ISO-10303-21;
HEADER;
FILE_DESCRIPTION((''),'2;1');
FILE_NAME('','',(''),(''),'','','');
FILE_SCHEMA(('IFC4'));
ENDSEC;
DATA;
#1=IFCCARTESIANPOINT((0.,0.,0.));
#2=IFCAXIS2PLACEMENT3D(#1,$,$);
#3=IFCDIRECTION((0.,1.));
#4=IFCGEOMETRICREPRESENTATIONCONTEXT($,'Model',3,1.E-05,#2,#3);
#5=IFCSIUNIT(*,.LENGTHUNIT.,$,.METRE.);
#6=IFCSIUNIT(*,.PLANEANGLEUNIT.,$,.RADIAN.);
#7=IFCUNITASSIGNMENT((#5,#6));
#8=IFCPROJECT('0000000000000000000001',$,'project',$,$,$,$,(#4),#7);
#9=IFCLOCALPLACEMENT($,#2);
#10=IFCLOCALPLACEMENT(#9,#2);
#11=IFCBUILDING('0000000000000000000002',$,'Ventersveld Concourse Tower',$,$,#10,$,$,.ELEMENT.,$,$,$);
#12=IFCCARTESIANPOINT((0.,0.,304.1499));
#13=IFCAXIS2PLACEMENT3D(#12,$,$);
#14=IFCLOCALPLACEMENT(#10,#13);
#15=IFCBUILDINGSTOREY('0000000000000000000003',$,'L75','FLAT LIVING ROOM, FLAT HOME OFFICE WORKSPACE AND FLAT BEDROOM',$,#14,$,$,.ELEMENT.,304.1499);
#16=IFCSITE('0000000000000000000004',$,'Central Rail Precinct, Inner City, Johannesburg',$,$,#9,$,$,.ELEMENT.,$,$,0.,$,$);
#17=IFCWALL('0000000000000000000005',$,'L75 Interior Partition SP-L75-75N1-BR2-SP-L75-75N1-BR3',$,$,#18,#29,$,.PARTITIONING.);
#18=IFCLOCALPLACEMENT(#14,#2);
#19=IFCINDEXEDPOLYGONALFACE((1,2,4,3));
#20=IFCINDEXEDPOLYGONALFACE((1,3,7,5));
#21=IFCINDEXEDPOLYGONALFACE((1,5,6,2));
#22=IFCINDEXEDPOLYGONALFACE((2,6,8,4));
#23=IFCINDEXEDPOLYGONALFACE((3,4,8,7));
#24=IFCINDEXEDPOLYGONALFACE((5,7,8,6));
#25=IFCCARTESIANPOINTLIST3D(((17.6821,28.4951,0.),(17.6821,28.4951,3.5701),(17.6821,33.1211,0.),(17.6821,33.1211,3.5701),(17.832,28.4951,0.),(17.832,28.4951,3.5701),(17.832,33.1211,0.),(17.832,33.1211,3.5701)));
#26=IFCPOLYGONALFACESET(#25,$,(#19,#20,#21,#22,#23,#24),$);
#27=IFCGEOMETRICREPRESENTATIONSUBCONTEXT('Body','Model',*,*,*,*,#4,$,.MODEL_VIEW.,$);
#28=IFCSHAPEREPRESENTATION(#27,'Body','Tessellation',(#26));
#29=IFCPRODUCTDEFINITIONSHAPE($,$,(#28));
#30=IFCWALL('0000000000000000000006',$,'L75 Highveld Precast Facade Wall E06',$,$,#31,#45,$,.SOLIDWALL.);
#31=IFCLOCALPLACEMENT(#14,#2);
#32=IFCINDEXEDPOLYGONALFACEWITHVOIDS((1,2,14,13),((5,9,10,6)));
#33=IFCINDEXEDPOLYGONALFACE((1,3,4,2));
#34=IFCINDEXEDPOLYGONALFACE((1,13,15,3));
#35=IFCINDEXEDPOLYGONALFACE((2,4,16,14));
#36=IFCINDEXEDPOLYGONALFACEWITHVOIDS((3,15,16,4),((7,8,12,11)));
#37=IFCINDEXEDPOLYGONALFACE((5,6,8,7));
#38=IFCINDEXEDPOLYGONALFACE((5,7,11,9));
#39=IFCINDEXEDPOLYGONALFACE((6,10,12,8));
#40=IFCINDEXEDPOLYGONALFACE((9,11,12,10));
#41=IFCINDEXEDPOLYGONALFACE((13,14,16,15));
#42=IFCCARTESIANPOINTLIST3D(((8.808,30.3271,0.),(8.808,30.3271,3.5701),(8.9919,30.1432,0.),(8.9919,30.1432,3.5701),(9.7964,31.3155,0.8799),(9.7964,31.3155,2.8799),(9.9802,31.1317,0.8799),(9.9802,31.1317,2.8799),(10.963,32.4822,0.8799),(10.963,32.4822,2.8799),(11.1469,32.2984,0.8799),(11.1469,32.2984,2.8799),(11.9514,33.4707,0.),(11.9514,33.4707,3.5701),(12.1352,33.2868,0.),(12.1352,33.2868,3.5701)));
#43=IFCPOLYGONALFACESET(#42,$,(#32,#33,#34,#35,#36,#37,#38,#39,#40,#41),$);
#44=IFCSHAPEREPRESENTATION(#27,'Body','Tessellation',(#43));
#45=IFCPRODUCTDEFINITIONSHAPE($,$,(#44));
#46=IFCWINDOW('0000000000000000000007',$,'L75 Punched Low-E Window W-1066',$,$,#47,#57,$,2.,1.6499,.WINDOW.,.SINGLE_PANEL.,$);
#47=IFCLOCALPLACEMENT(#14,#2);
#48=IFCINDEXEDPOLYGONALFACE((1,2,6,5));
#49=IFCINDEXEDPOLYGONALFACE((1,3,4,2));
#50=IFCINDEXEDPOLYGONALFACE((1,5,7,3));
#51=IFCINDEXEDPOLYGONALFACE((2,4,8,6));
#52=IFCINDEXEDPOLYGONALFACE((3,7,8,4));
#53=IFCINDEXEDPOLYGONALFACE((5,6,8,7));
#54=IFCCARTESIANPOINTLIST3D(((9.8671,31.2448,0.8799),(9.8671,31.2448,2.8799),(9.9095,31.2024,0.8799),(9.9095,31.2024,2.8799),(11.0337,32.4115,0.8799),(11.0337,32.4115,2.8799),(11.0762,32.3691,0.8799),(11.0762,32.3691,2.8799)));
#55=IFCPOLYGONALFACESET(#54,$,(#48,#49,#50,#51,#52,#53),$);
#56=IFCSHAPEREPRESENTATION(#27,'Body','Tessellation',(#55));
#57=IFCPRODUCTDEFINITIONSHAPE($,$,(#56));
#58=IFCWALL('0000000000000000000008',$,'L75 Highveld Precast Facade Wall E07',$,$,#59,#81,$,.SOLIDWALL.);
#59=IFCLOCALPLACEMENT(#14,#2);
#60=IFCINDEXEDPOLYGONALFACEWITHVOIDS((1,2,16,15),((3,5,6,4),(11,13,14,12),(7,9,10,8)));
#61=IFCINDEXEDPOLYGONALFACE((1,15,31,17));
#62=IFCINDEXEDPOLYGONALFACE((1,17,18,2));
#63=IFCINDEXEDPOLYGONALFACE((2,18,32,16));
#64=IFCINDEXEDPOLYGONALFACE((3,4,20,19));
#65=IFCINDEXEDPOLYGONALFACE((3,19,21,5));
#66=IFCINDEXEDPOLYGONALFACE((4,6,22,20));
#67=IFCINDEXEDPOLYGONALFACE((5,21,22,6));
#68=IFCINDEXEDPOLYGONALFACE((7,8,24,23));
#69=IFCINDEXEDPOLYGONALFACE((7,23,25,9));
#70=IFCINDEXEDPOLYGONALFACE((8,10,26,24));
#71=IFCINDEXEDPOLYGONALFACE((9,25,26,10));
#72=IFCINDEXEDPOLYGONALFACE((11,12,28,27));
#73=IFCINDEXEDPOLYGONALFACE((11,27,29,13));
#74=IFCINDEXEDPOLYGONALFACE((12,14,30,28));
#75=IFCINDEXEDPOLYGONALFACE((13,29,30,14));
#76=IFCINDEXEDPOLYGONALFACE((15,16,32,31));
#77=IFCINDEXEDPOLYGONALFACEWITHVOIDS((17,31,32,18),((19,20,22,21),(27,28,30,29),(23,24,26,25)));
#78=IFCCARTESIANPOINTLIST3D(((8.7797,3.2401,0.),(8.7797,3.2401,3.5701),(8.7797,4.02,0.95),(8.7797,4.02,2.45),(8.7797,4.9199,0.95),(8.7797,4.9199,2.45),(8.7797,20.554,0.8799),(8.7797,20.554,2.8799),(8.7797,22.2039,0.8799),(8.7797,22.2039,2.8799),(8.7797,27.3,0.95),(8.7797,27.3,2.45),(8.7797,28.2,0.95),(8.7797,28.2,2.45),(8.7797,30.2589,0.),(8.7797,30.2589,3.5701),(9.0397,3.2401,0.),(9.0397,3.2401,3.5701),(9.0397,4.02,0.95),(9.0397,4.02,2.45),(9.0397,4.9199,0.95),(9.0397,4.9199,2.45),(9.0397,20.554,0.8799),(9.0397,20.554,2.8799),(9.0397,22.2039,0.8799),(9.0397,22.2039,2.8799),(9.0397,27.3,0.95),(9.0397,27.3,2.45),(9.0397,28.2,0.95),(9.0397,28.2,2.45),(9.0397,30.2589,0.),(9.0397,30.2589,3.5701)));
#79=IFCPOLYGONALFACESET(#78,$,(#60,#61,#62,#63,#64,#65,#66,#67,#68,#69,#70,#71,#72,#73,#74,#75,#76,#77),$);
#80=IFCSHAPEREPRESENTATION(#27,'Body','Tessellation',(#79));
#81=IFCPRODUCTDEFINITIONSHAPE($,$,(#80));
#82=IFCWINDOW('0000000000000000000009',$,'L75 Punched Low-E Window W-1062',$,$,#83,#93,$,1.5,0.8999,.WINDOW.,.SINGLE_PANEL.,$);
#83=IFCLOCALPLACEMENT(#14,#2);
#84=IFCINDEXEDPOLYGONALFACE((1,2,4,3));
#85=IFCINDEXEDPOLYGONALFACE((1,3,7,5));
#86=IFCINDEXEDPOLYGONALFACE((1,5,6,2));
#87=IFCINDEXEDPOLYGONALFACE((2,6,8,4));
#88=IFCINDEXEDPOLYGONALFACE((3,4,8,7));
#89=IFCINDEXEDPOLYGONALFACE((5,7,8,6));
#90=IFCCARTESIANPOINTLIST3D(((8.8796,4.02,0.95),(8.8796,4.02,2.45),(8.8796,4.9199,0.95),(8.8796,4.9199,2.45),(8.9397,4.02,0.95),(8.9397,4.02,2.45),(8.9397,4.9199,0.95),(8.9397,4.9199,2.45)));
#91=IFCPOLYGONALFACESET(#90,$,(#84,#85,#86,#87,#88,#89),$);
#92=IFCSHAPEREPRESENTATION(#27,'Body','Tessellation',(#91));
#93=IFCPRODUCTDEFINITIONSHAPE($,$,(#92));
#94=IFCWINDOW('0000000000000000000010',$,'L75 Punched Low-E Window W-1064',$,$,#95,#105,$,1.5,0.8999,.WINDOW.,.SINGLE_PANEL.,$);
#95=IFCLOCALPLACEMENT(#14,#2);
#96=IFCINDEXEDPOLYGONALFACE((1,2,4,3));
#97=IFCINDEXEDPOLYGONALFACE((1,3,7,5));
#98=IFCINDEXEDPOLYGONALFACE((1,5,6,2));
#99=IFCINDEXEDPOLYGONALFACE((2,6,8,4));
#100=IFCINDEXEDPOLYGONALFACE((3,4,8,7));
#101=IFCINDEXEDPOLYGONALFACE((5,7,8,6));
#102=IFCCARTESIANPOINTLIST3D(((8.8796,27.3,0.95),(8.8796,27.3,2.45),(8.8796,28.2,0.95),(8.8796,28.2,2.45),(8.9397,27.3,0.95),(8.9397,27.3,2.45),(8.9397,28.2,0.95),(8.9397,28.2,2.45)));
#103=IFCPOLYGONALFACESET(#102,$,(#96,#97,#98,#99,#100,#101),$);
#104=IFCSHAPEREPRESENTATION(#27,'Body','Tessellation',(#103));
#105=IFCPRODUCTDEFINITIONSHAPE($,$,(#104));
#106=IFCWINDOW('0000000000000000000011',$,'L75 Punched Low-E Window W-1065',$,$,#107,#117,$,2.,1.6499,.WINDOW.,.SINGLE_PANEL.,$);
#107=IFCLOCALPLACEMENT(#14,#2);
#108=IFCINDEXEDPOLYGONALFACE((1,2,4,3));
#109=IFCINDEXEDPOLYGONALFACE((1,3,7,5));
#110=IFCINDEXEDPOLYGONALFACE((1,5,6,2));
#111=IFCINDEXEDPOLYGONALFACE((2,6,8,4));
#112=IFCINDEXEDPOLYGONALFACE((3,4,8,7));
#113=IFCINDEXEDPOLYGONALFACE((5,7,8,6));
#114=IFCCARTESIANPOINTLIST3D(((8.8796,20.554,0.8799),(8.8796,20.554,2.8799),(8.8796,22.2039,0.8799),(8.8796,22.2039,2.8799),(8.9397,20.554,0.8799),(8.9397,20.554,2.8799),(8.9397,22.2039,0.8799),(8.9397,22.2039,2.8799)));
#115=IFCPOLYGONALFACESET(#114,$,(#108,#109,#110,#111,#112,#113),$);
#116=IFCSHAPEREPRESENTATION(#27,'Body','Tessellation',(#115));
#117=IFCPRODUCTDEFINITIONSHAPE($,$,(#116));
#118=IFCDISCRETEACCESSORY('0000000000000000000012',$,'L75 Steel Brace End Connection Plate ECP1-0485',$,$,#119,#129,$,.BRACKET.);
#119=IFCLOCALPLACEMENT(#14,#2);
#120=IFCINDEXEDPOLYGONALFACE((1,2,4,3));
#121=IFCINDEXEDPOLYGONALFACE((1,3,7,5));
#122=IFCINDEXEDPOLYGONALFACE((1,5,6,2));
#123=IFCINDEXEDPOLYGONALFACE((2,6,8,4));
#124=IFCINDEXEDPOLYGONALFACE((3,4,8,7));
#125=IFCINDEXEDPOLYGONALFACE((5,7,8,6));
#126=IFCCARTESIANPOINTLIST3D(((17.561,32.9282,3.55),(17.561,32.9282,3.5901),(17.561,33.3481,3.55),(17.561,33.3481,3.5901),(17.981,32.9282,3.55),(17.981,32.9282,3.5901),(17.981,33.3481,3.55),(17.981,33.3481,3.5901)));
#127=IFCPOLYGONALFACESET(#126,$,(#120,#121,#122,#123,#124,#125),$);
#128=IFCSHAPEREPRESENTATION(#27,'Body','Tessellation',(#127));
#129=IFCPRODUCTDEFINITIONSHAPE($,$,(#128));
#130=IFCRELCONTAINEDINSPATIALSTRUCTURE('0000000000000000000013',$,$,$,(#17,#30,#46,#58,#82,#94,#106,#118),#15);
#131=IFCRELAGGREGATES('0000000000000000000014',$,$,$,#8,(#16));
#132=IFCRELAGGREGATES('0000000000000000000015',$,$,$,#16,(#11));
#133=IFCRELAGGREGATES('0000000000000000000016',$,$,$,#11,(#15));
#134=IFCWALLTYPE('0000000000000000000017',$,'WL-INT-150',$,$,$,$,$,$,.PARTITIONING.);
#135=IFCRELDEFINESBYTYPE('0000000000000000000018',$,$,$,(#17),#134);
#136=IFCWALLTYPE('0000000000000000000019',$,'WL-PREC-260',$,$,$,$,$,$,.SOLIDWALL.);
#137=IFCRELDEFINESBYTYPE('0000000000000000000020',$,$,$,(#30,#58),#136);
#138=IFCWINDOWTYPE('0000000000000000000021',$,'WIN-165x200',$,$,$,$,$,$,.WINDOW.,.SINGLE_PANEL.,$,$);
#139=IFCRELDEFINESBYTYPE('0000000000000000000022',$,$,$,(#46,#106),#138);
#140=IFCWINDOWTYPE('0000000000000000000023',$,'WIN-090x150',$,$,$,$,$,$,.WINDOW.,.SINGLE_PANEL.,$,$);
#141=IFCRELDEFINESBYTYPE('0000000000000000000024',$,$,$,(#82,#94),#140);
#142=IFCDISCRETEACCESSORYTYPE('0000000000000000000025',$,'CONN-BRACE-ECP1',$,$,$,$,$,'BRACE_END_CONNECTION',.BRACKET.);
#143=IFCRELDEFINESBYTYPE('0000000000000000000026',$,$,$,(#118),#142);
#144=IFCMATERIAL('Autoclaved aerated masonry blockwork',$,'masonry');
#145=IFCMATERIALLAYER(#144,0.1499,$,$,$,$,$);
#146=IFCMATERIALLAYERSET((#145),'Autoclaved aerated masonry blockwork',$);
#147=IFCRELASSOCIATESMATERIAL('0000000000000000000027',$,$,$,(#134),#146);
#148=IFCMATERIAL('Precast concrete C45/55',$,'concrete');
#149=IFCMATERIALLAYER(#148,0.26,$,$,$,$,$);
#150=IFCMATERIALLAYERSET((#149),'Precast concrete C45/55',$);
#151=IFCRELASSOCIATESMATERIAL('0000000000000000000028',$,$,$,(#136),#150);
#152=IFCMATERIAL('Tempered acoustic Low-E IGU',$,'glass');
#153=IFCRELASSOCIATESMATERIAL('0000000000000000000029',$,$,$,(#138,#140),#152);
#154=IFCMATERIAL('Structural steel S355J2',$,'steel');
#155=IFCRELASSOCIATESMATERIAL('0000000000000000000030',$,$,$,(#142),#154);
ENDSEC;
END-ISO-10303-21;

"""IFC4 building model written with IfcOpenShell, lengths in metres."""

from ifc_helpers import new_model, si_unit, direction, frame, frame_2d, origin, origin_2d, place, context, subcontext, project, spatial, rectangle, extrude, material, layer, layer_set, type_object, element, fill, save


model = new_model("IFC4")

# Units and contexts
model_context = context("Model", 3, precision=1e-05, world=origin(), true_north=direction((0.0, 1.0)))
body_context = subcontext(model_context, "Body", "Model", "MODEL_VIEW")
ifc_project = project(units=[si_unit("LENGTHUNIT", "METRE"), si_unit("PLANEANGLEUNIT", "RADIAN")], contexts=[model_context])

# Site, building, storey
site_placement = place(None, origin())
site = spatial("IfcSite", under=ifc_project, at=site_placement, Name="Central Rail Precinct, Inner City, Johannesburg", CompositionType="ELEMENT", RefElevation=0.0)
building_placement = place(site_placement, origin())
building = spatial("IfcBuilding", under=site, at=building_placement, Name="Ventersveld Concourse Tower", CompositionType="ELEMENT")
storey_placement = place(building_placement, frame((0.0, 0.0, 304.1499)))
storey = spatial("IfcBuildingStorey", under=building, at=storey_placement, Name="L75", Description="FLAT LIVING ROOM, FLAT HOME OFFICE WORKSPACE AND FLAT BEDROOM", CompositionType="ELEMENT", Elevation=304.1499)

# Shared definitions
ifc_material_1 = material(Name="Structural steel S355J2", Category="steel")

# Shared definitions
ifc_material_2 = material(Name="Autoclaved aerated masonry blockwork", Category="masonry")
ifc_layer_1 = layer(ifc_material_2, 0.1499)
ifc_layer_set_1 = layer_set([ifc_layer_1], Name="Autoclaved aerated masonry blockwork")
wall_type_1 = type_object("IfcWallType", Name="WL-INT-150", PredefinedType="PARTITIONING", material=ifc_layer_set_1)

# Wall
wall_1_placement = place(storey_placement, frame((17.7571, 28.4951, 0.0), z_axis=(0.0, 0.0, 1.0), x_axis=(0.0, 1.0, 0.0)))
element("IfcWall", 1, at=wall_1_placement, inside=storey, type_object=wall_type_1, Name="L75 Interior Partition SP-L75-75N1-BR2-SP-L75-75N1-BR3", PredefinedType="PARTITIONING", context=body_context, shape_type="SweptSolid", body=[
    extrude(rectangle(XDim=4.626, YDim=0.1499, at=frame_2d((2.313, 0.0))), origin(), (0.0, 0.0, 1.0), 3.5701),
])

# Wall, opening, window
ifc_material_3 = material(Name="Precast concrete C45/55", Category="concrete")
ifc_layer_2 = layer(ifc_material_3, 0.26)
ifc_layer_set_2 = layer_set([ifc_layer_2], Name="Precast concrete C45/55")
wall_type_2 = type_object("IfcWallType", Name="WL-PREC-260", PredefinedType="SOLIDWALL", material=ifc_layer_set_2)
wall_2_placement = place(storey_placement, frame((12.0432, 33.3787, 0.0), z_axis=(0.0, 0.0, 1.0), x_axis=(-0.707079, -0.707134, 0.0)))
wall_2 = element("IfcWall", 2, at=wall_2_placement, inside=storey, type_object=wall_type_2, Name="L75 Highveld Precast Facade Wall E06", PredefinedType="SOLIDWALL", context=body_context, shape_type="SweptSolid", body=[
    extrude(rectangle(XDim=4.4456, YDim=0.26, at=frame_2d((2.2227, 0.0))), origin(), (0.0, 0.0, 1.0), 3.5701),
])
opening_1_placement = place(wall_2_placement, frame((1.3977, 0.0, 0.8799)))
opening_1 = element("IfcOpeningElement", 3, at=opening_1_placement, cuts=wall_2, PredefinedType="OPENING", context=body_context, shape_type="SweptSolid", body=[
    extrude(rectangle(XDim=1.6499, YDim=2.0, at=frame_2d((0.825, 1.0))), frame((0.0, 0.1401, 0.0), z_axis=(0.0, -1.0, 0.0), x_axis=(1.0, 0.0, 0.0)), (0.0, 0.0, 1.0), 0.28),
])
ifc_material_4 = material(Name="Tempered acoustic Low-E IGU", Category="glass")
window_type_1 = type_object("IfcWindowType", Name="WIN-165x200", PartitioningType="SINGLE_PANEL", PredefinedType="WINDOW", material=ifc_material_4)
window_1_placement = place(opening_1_placement, origin())
window_1 = element("IfcWindow", 4, at=window_1_placement, inside=storey, type_object=window_type_1, Name="L75 Punched Low-E Window W-1066", OverallHeight=2.0, OverallWidth=1.6499, PartitioningType="SINGLE_PANEL", PredefinedType="WINDOW", context=body_context, shape_type="SweptSolid", body=[
    extrude(rectangle(XDim=1.6499, YDim=2.0, at=frame_2d((0.825, 1.0))), frame((0.0, 0.03, 0.0), z_axis=(0.0, -1.0, 0.0), x_axis=(1.0, 0.0, 0.0)), (0.0, 0.0, 1.0), 0.0601),
])
fill(opening_1, window_1)

# Wall, openings, windows
wall_3_placement = place(storey_placement, frame((8.9097, 30.2588, 0.0), z_axis=(0.0, 0.0, 1.0), x_axis=(0.0, -1.0, 0.0)))
wall_3 = element("IfcWall", 5, at=wall_3_placement, inside=storey, type_object=wall_type_2, Name="L75 Highveld Precast Facade Wall E07", PredefinedType="SOLIDWALL", context=body_context, shape_type="SweptSolid", body=[
    extrude(rectangle(XDim=27.0188, YDim=0.26, at=frame_2d((13.5093, 0.0))), origin(), (0.0, 0.0, 1.0), 3.5701),
])
opening_2_placement = place(wall_3_placement, frame((25.3389, 0.0, 0.95)))
opening_2 = element("IfcOpeningElement", 6, at=opening_2_placement, cuts=wall_3, PredefinedType="OPENING", context=body_context, shape_type="SweptSolid", body=[
    extrude(rectangle(XDim=0.8999, YDim=1.5, at=frame_2d((0.45, 0.75))), frame((0.0, 0.1401, 0.0), z_axis=(0.0, -1.0, 0.0), x_axis=(1.0, 0.0, 0.0)), (0.0, 0.0, 1.0), 0.28),
])
opening_3_placement = place(wall_3_placement, frame((2.0588, 0.0, 0.95)))
opening_3 = element("IfcOpeningElement", 7, at=opening_3_placement, cuts=wall_3, PredefinedType="OPENING", context=body_context, shape_type="SweptSolid", body=[
    extrude(rectangle(XDim=0.8999, YDim=1.5, at=frame_2d((0.45, 0.75))), frame((0.0, 0.1401, 0.0), z_axis=(0.0, -1.0, 0.0), x_axis=(1.0, 0.0, 0.0)), (0.0, 0.0, 1.0), 0.28),
])
opening_4_placement = place(wall_3_placement, frame((8.0549, 0.0, 0.8799)))
opening_4 = element("IfcOpeningElement", 8, at=opening_4_placement, cuts=wall_3, PredefinedType="OPENING", context=body_context, shape_type="SweptSolid", body=[
    extrude(rectangle(XDim=1.6499, YDim=2.0, at=frame_2d((0.825, 1.0))), frame((0.0, 0.1401, 0.0), z_axis=(0.0, -1.0, 0.0), x_axis=(1.0, 0.0, 0.0)), (0.0, 0.0, 1.0), 0.28),
])
window_type_2 = type_object("IfcWindowType", Name="WIN-090x150", PartitioningType="SINGLE_PANEL", PredefinedType="WINDOW", material=ifc_material_4)
window_2_placement = place(opening_2_placement, origin())
window_2 = element("IfcWindow", 9, at=window_2_placement, inside=storey, type_object=window_type_2, Name="L75 Punched Low-E Window W-1062", OverallHeight=1.5, OverallWidth=0.8999, PartitioningType="SINGLE_PANEL", PredefinedType="WINDOW", context=body_context, shape_type="SweptSolid", body=[
    extrude(rectangle(XDim=0.8999, YDim=1.5, at=frame_2d((0.45, 0.75))), frame((0.0, 0.03, 0.0), z_axis=(0.0, -1.0, 0.0), x_axis=(1.0, 0.0, 0.0)), (0.0, 0.0, 1.0), 0.0601),
])
fill(opening_2, window_2)
window_3_placement = place(opening_3_placement, origin())
window_3 = element("IfcWindow", 10, at=window_3_placement, inside=storey, type_object=window_type_2, Name="L75 Punched Low-E Window W-1064", OverallHeight=1.5, OverallWidth=0.8999, PartitioningType="SINGLE_PANEL", PredefinedType="WINDOW", context=body_context, shape_type="SweptSolid", body=[
    extrude(rectangle(XDim=0.8999, YDim=1.5, at=frame_2d((0.45, 0.75))), frame((0.0, 0.03, 0.0), z_axis=(0.0, -1.0, 0.0), x_axis=(1.0, 0.0, 0.0)), (0.0, 0.0, 1.0), 0.0601),
])
fill(opening_3, window_3)
window_4_placement = place(opening_4_placement, origin())
window_4 = element("IfcWindow", 11, at=window_4_placement, inside=storey, type_object=window_type_1, Name="L75 Punched Low-E Window W-1065", OverallHeight=2.0, OverallWidth=1.6499, PartitioningType="SINGLE_PANEL", PredefinedType="WINDOW", context=body_context, shape_type="SweptSolid", body=[
    extrude(rectangle(XDim=1.6499, YDim=2.0, at=frame_2d((0.825, 1.0))), frame((0.0, 0.03, 0.0), z_axis=(0.0, -1.0, 0.0), x_axis=(1.0, 0.0, 0.0)), (0.0, 0.0, 1.0), 0.0601),
])
fill(opening_4, window_4)

# Discrete accessory
discrete_accessory_type = type_object("IfcDiscreteAccessoryType", Name="CONN-BRACE-ECP1", ElementType="BRACE_END_CONNECTION", PredefinedType="BRACKET", material=ifc_material_1)
discrete_accessory_placement = place(storey_placement, frame((17.771, 33.1382, 3.55), z_axis=(0.0, 0.0, 1.0), x_axis=(1.0, 0.0, 0.0)))
element("IfcDiscreteAccessory", 12, at=discrete_accessory_placement, inside=storey, type_object=discrete_accessory_type, Name="L75 Steel Brace End Connection Plate ECP1-0485", PredefinedType="BRACKET", context=body_context, shape_type="SweptSolid", body=[
    extrude(rectangle(XDim=0.4199, YDim=0.4199, at=origin_2d()), origin(), (0.0, 0.0, 1.0), 0.04),
])

save(model, "model.ifc")
